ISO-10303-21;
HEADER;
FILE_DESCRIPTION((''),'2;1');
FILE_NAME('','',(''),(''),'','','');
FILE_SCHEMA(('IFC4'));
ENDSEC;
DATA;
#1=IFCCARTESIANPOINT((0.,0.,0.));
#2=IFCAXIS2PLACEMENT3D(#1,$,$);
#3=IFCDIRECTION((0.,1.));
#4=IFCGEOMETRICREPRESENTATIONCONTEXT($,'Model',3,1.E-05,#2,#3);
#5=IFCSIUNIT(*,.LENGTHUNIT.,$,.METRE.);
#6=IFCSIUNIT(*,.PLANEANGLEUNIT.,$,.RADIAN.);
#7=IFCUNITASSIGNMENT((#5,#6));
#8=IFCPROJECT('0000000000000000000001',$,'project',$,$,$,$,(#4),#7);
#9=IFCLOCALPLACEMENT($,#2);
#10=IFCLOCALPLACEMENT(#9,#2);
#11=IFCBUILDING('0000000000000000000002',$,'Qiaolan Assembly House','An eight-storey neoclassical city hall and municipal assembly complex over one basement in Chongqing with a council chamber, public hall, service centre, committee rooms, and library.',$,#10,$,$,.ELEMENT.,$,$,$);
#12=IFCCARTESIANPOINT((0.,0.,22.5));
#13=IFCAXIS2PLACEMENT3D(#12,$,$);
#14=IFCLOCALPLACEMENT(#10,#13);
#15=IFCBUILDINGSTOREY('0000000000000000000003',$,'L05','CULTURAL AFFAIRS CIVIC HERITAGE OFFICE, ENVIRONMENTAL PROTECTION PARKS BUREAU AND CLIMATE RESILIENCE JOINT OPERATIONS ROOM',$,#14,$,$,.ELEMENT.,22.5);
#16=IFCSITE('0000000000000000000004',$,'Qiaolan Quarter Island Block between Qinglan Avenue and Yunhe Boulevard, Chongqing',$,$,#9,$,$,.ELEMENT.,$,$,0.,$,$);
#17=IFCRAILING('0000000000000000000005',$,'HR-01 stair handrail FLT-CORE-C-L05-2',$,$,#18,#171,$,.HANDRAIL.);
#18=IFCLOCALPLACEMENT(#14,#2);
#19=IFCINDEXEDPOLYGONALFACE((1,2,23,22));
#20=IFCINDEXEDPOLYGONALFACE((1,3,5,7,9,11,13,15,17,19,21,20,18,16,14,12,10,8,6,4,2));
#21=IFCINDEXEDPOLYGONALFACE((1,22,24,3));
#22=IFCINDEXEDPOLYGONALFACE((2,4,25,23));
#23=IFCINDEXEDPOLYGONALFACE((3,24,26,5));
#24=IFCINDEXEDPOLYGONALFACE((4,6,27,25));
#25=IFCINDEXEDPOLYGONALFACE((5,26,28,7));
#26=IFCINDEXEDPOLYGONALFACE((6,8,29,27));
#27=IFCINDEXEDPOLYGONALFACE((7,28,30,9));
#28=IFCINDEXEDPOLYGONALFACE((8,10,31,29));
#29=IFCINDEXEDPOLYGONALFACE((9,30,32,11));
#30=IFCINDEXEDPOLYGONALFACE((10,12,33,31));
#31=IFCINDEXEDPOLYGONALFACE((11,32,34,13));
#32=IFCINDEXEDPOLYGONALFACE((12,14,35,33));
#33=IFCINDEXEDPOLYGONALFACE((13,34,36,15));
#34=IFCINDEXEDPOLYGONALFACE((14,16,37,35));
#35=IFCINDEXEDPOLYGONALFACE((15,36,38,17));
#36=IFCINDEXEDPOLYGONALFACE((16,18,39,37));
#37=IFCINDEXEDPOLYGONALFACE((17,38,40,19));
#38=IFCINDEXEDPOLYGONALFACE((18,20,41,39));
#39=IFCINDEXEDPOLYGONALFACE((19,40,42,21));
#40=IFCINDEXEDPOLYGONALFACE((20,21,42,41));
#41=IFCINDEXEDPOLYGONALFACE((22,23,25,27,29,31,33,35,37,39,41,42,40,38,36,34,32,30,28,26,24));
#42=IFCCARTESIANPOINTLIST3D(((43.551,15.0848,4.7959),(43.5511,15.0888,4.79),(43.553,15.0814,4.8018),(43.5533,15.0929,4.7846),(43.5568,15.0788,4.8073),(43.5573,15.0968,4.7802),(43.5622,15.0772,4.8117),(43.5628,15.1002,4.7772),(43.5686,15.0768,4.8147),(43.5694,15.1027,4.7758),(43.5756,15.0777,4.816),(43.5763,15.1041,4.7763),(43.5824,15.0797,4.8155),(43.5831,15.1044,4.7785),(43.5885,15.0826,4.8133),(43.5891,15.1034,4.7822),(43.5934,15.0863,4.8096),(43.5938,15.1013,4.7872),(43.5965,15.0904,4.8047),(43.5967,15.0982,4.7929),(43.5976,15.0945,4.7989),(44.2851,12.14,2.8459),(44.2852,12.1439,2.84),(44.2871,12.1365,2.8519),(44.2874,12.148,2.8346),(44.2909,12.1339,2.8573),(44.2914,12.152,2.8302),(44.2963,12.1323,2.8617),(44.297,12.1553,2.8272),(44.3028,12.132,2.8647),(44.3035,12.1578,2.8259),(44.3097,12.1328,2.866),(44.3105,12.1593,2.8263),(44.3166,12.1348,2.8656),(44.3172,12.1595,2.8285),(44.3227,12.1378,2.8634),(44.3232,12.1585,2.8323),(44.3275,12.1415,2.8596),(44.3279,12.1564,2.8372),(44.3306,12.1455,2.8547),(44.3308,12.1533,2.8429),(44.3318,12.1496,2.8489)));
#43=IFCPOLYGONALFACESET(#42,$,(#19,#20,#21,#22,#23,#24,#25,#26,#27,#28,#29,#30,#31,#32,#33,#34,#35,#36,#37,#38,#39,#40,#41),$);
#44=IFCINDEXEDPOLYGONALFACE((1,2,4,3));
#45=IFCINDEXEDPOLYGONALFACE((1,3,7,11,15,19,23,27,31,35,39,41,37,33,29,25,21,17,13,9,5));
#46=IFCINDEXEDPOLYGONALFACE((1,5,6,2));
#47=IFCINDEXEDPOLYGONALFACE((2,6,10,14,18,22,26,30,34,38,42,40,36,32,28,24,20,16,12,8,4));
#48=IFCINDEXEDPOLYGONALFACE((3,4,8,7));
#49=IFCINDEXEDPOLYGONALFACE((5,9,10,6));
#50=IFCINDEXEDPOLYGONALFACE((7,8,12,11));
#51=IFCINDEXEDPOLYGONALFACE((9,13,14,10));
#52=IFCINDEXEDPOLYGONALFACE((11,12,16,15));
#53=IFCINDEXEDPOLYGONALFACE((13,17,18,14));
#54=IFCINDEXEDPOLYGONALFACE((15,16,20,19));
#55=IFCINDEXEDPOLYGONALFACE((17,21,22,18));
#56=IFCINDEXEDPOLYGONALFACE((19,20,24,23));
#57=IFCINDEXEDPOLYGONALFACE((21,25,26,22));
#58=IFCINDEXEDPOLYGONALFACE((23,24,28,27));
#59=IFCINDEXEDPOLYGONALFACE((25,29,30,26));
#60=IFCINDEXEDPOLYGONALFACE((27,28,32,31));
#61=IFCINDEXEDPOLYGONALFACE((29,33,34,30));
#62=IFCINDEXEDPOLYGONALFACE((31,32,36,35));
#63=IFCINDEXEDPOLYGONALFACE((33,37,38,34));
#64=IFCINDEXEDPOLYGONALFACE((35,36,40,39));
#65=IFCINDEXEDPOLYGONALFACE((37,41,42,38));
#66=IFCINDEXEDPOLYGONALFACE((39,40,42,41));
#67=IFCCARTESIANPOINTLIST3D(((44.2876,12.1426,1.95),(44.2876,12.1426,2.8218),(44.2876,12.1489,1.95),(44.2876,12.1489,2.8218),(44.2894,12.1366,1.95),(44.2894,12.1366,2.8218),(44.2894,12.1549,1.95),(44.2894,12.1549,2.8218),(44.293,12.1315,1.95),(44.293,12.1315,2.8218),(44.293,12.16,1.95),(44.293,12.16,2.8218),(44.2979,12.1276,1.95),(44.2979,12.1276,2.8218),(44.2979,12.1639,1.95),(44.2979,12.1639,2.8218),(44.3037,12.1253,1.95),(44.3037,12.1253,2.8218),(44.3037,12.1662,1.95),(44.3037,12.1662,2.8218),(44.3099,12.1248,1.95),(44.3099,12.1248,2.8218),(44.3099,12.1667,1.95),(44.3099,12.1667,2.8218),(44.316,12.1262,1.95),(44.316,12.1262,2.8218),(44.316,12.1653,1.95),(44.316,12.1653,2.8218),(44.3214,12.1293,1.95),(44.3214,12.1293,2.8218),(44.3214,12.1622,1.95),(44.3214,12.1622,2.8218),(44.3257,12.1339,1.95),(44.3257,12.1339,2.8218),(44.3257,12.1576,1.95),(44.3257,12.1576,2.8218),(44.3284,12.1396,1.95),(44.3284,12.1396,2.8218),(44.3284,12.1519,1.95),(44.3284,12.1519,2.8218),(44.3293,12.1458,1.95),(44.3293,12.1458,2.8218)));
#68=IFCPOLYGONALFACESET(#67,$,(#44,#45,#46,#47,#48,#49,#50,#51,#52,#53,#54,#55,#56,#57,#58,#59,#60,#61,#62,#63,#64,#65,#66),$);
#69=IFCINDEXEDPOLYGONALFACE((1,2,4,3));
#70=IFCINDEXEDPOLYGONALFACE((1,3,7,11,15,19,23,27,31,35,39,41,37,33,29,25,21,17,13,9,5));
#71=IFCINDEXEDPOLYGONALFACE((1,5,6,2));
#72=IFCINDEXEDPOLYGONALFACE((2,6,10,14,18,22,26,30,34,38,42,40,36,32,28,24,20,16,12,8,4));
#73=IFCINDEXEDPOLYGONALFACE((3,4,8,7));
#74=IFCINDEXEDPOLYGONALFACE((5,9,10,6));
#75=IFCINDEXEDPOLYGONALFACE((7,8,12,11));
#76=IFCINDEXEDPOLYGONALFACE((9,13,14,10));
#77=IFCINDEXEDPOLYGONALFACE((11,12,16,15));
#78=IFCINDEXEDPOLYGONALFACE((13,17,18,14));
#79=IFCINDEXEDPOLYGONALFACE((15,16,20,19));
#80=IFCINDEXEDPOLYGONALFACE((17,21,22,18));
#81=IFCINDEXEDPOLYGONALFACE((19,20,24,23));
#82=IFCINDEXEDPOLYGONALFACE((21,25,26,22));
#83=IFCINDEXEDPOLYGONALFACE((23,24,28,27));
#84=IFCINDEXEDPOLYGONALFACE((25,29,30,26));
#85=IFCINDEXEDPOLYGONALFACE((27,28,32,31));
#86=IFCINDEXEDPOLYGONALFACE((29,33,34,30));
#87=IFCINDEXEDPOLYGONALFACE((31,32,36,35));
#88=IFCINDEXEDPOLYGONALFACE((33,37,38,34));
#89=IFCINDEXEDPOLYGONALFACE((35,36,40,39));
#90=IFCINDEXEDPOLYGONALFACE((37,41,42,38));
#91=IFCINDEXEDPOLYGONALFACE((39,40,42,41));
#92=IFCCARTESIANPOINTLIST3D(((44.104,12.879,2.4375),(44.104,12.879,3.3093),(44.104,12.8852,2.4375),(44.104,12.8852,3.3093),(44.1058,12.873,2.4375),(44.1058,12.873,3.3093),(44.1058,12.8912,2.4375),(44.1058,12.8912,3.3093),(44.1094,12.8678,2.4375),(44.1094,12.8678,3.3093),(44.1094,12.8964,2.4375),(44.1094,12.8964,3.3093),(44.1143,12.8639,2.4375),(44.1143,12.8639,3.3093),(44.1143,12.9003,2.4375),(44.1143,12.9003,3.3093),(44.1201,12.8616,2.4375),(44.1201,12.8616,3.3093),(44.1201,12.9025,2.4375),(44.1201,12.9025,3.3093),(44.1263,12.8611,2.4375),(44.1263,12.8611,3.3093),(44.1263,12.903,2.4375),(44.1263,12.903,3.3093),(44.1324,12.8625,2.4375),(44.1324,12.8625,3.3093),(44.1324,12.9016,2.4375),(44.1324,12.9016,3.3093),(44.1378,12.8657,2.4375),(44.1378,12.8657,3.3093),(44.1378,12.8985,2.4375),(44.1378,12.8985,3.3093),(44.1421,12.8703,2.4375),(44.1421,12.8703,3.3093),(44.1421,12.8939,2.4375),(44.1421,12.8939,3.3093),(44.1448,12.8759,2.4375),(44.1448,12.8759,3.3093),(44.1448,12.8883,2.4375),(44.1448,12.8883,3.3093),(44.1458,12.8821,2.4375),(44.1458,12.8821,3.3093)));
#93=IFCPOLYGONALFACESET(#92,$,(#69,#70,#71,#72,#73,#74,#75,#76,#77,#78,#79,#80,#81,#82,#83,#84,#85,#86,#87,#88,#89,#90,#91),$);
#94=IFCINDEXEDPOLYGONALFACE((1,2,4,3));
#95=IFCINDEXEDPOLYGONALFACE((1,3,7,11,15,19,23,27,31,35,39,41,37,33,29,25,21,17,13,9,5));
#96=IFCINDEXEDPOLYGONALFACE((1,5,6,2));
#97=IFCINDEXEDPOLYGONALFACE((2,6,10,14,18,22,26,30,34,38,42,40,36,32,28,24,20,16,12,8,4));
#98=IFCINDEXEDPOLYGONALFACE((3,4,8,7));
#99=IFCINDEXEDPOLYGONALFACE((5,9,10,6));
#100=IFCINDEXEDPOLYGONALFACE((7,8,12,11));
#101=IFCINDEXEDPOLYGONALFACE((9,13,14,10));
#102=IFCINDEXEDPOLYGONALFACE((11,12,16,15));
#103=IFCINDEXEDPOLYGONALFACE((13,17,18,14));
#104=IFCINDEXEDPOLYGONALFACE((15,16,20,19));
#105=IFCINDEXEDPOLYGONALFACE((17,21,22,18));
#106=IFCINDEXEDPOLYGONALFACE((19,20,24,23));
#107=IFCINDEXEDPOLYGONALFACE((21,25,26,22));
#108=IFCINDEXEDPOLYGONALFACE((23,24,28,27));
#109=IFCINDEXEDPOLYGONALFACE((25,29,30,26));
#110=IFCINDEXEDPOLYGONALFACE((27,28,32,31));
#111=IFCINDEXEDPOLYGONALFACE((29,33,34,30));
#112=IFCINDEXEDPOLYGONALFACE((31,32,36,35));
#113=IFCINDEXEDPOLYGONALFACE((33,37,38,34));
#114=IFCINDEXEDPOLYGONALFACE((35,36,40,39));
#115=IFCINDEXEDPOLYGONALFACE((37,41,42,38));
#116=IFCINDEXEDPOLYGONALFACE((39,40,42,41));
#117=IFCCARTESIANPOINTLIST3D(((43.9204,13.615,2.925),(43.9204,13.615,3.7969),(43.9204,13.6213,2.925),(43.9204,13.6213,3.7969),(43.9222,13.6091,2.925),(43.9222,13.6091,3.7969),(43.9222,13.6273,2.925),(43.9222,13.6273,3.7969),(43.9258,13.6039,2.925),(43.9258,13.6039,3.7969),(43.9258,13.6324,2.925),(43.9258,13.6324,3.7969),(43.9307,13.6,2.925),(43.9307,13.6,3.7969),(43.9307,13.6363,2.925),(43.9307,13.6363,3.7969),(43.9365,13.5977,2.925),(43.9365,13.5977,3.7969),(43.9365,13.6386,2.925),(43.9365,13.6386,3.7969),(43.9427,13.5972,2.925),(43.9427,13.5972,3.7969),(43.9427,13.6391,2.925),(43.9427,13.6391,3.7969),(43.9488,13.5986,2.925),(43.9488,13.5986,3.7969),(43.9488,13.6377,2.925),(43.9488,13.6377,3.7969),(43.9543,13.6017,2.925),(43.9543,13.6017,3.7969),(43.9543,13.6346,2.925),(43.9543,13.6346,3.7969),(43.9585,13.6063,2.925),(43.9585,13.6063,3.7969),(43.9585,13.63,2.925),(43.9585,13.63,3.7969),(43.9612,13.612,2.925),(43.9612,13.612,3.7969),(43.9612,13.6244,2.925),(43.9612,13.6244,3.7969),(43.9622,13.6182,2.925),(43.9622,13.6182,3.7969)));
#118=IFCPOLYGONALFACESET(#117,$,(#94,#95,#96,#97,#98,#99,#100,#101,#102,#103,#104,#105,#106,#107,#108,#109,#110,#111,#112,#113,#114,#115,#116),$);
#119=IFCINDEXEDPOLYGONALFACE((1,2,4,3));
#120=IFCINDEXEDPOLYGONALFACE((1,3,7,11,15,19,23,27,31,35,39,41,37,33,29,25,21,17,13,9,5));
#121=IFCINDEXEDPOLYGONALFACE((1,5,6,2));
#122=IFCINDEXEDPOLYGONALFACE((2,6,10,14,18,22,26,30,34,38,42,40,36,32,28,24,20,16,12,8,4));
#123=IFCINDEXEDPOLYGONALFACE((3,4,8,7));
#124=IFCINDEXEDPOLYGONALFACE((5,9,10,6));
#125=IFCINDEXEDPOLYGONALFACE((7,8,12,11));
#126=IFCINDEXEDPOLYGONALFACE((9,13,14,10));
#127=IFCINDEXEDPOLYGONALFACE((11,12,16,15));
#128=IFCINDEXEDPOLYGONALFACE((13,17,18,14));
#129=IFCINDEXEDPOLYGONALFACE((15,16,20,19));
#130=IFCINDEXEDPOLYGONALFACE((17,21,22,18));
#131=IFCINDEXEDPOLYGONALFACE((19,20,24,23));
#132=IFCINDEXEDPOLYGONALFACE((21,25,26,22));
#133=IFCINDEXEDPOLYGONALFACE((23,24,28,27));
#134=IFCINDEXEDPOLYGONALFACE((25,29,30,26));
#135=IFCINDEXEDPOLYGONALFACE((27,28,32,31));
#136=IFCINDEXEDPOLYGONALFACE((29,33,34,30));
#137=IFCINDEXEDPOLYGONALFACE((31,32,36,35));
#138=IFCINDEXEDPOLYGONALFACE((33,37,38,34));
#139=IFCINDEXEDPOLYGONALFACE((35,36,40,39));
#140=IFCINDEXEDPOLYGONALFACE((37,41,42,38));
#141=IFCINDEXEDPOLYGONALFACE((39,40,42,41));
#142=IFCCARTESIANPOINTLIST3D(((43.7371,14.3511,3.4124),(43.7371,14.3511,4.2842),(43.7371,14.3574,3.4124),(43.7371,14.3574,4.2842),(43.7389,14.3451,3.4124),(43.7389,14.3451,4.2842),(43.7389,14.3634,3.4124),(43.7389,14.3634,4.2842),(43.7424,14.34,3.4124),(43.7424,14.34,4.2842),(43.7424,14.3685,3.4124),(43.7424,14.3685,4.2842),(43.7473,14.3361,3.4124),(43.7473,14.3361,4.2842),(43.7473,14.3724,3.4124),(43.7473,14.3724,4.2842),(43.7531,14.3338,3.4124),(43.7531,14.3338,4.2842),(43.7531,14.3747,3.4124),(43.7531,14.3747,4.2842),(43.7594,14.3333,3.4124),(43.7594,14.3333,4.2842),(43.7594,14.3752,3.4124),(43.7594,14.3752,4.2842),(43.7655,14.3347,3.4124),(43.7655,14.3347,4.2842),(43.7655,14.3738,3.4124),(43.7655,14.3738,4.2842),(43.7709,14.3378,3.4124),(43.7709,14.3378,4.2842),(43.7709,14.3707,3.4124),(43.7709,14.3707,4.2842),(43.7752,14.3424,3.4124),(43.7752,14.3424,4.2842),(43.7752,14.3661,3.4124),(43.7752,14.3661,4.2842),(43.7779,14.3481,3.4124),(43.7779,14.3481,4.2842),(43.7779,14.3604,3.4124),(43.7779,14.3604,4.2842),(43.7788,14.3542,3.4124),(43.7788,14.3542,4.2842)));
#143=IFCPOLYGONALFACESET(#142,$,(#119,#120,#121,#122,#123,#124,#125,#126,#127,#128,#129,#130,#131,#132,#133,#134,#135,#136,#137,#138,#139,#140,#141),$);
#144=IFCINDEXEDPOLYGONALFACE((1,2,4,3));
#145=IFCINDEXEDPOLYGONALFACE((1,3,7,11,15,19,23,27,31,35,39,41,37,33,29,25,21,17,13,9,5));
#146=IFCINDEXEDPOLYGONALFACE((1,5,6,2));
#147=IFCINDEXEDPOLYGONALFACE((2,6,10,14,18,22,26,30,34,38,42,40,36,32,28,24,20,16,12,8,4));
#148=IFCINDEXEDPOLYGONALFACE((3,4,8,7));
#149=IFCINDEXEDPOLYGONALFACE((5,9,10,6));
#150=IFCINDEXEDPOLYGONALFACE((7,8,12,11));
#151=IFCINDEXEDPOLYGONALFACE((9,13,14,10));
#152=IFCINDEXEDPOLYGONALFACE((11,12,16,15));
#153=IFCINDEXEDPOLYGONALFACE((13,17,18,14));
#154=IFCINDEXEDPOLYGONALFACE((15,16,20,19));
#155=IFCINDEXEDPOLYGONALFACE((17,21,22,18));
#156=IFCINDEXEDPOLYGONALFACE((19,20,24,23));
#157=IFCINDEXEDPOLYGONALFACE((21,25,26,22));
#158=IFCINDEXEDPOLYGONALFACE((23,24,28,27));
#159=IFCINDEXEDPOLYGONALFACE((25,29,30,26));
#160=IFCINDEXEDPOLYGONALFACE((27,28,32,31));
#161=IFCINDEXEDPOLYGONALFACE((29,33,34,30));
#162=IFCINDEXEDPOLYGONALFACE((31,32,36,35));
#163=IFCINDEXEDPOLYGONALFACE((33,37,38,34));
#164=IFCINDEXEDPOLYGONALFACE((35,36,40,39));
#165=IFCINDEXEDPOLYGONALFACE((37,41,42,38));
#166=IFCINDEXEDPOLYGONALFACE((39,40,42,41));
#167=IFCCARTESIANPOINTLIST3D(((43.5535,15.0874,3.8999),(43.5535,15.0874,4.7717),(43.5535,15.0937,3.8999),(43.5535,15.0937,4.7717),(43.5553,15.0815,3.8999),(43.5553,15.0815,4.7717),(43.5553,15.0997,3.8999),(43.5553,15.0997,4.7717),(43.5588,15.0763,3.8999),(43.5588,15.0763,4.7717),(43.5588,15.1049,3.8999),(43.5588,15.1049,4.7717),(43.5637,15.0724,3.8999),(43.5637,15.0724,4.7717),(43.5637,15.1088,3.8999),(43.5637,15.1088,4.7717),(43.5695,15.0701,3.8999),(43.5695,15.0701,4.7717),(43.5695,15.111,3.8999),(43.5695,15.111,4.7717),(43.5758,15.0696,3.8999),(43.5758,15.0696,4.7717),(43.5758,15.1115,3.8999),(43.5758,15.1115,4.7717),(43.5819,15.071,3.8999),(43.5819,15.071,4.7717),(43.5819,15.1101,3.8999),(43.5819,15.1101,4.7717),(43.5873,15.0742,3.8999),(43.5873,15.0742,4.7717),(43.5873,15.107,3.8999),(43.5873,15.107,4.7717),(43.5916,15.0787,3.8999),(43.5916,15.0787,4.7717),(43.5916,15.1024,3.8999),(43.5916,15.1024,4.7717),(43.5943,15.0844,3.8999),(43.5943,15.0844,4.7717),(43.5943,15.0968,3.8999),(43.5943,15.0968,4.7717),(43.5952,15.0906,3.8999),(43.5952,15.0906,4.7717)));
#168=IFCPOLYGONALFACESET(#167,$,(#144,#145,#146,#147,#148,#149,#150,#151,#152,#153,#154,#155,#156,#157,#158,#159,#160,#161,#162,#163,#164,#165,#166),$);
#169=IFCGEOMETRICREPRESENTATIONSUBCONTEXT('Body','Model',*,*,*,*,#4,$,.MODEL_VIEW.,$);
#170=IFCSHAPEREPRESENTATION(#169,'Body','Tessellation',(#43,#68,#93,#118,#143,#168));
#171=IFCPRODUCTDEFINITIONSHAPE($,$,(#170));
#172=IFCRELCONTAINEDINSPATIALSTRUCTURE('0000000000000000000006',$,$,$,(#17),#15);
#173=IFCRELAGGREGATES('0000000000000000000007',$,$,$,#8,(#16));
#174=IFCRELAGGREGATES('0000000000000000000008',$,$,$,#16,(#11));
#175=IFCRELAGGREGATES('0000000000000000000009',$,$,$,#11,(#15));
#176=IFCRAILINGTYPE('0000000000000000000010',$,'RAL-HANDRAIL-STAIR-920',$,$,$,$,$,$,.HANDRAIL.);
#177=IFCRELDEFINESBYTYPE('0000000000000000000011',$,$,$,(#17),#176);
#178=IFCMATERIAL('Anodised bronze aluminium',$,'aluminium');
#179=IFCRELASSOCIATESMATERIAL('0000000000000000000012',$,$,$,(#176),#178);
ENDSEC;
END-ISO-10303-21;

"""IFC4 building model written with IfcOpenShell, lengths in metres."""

from ifc_helpers import new_model, si_unit, direction, frame, origin, origin_2d, place, context, subcontext, project, spatial, circle, extrude, material, type_object, element, save


model = new_model("IFC4")

# Units and contexts
model_context = context("Model", 3, precision=1e-05, world=origin(), true_north=direction((0.0, 1.0)))
body_context = subcontext(model_context, "Body", "Model", "MODEL_VIEW")
ifc_project = project(units=[si_unit("LENGTHUNIT", "METRE"), si_unit("PLANEANGLEUNIT", "RADIAN")], contexts=[model_context])

# Site, building, storey
site_placement = place(None, origin())
site = spatial("IfcSite", under=ifc_project, at=site_placement, Name="Qiaolan Quarter Island Block between Qinglan Avenue and Yunhe Boulevard, Chongqing", CompositionType="ELEMENT", RefElevation=0.0)
building_placement = place(site_placement, origin())
building = spatial("IfcBuilding", under=site, at=building_placement, Name="Qiaolan Assembly House", Description="An eight-storey neoclassical city hall and municipal assembly complex over one basement in Chongqing with a council chamber, public hall, service centre, committee rooms, and library.", CompositionType="ELEMENT")
storey_placement = place(building_placement, frame((0.0, 0.0, 22.5)))
storey = spatial("IfcBuildingStorey", under=building, at=storey_placement, Name="L05", Description="CULTURAL AFFAIRS CIVIC HERITAGE OFFICE, ENVIRONMENTAL PROTECTION PARKS BUREAU AND CLIMATE RESILIENCE JOINT OPERATIONS ROOM", CompositionType="ELEMENT", Elevation=22.5)

# Railing
ifc_material_1 = material(Name="Anodised bronze aluminium", Category="aluminium")
railing_type_1 = type_object("IfcRailingType", Name="RAL-HANDRAIL-STAIR-920", PredefinedType="HANDRAIL", material=ifc_material_1)
railing_1_placement = place(storey_placement, frame((44.3083, 12.1458, 1.95)))
element("IfcRailing", 1, at=railing_1_placement, inside=storey, type_object=railing_type_1, Name="HR-01 stair handrail FLT-CORE-C-L05-2", PredefinedType="HANDRAIL", context=body_context, shape_type="SweptSolid", body=[
    extrude(circle(Radius=0.0239, at=origin_2d()), frame((0.0, 0.0, 0.896), z_axis=(-0.203508, 0.816331, 0.540544), x_axis=(-0.970303, -0.241892, 0.0)), (0.0, 0.0, 1.0), 3.6074),
    extrude(circle(Radius=0.021, at=origin_2d()), origin(), (0.0, 0.0, 1.0), 0.8718),
    extrude(circle(Radius=0.021, at=origin_2d()), frame((-0.1836, 0.7363, 0.4875)), (0.0, 0.0, 1.0), 0.8718),
    extrude(circle(Radius=0.021, at=origin_2d()), frame((-0.3672, 1.4724, 0.9751)), (0.0, 0.0, 1.0), 0.8718),
    extrude(circle(Radius=0.021, at=origin_2d()), frame((-0.5505, 2.2085, 1.4624)), (0.0, 0.0, 1.0), 0.8718),
    extrude(circle(Radius=0.021, at=origin_2d()), frame((-0.7341, 2.9448, 1.95)), (0.0, 0.0, 1.0), 0.8718),
])

save(model, "model.ifc")
